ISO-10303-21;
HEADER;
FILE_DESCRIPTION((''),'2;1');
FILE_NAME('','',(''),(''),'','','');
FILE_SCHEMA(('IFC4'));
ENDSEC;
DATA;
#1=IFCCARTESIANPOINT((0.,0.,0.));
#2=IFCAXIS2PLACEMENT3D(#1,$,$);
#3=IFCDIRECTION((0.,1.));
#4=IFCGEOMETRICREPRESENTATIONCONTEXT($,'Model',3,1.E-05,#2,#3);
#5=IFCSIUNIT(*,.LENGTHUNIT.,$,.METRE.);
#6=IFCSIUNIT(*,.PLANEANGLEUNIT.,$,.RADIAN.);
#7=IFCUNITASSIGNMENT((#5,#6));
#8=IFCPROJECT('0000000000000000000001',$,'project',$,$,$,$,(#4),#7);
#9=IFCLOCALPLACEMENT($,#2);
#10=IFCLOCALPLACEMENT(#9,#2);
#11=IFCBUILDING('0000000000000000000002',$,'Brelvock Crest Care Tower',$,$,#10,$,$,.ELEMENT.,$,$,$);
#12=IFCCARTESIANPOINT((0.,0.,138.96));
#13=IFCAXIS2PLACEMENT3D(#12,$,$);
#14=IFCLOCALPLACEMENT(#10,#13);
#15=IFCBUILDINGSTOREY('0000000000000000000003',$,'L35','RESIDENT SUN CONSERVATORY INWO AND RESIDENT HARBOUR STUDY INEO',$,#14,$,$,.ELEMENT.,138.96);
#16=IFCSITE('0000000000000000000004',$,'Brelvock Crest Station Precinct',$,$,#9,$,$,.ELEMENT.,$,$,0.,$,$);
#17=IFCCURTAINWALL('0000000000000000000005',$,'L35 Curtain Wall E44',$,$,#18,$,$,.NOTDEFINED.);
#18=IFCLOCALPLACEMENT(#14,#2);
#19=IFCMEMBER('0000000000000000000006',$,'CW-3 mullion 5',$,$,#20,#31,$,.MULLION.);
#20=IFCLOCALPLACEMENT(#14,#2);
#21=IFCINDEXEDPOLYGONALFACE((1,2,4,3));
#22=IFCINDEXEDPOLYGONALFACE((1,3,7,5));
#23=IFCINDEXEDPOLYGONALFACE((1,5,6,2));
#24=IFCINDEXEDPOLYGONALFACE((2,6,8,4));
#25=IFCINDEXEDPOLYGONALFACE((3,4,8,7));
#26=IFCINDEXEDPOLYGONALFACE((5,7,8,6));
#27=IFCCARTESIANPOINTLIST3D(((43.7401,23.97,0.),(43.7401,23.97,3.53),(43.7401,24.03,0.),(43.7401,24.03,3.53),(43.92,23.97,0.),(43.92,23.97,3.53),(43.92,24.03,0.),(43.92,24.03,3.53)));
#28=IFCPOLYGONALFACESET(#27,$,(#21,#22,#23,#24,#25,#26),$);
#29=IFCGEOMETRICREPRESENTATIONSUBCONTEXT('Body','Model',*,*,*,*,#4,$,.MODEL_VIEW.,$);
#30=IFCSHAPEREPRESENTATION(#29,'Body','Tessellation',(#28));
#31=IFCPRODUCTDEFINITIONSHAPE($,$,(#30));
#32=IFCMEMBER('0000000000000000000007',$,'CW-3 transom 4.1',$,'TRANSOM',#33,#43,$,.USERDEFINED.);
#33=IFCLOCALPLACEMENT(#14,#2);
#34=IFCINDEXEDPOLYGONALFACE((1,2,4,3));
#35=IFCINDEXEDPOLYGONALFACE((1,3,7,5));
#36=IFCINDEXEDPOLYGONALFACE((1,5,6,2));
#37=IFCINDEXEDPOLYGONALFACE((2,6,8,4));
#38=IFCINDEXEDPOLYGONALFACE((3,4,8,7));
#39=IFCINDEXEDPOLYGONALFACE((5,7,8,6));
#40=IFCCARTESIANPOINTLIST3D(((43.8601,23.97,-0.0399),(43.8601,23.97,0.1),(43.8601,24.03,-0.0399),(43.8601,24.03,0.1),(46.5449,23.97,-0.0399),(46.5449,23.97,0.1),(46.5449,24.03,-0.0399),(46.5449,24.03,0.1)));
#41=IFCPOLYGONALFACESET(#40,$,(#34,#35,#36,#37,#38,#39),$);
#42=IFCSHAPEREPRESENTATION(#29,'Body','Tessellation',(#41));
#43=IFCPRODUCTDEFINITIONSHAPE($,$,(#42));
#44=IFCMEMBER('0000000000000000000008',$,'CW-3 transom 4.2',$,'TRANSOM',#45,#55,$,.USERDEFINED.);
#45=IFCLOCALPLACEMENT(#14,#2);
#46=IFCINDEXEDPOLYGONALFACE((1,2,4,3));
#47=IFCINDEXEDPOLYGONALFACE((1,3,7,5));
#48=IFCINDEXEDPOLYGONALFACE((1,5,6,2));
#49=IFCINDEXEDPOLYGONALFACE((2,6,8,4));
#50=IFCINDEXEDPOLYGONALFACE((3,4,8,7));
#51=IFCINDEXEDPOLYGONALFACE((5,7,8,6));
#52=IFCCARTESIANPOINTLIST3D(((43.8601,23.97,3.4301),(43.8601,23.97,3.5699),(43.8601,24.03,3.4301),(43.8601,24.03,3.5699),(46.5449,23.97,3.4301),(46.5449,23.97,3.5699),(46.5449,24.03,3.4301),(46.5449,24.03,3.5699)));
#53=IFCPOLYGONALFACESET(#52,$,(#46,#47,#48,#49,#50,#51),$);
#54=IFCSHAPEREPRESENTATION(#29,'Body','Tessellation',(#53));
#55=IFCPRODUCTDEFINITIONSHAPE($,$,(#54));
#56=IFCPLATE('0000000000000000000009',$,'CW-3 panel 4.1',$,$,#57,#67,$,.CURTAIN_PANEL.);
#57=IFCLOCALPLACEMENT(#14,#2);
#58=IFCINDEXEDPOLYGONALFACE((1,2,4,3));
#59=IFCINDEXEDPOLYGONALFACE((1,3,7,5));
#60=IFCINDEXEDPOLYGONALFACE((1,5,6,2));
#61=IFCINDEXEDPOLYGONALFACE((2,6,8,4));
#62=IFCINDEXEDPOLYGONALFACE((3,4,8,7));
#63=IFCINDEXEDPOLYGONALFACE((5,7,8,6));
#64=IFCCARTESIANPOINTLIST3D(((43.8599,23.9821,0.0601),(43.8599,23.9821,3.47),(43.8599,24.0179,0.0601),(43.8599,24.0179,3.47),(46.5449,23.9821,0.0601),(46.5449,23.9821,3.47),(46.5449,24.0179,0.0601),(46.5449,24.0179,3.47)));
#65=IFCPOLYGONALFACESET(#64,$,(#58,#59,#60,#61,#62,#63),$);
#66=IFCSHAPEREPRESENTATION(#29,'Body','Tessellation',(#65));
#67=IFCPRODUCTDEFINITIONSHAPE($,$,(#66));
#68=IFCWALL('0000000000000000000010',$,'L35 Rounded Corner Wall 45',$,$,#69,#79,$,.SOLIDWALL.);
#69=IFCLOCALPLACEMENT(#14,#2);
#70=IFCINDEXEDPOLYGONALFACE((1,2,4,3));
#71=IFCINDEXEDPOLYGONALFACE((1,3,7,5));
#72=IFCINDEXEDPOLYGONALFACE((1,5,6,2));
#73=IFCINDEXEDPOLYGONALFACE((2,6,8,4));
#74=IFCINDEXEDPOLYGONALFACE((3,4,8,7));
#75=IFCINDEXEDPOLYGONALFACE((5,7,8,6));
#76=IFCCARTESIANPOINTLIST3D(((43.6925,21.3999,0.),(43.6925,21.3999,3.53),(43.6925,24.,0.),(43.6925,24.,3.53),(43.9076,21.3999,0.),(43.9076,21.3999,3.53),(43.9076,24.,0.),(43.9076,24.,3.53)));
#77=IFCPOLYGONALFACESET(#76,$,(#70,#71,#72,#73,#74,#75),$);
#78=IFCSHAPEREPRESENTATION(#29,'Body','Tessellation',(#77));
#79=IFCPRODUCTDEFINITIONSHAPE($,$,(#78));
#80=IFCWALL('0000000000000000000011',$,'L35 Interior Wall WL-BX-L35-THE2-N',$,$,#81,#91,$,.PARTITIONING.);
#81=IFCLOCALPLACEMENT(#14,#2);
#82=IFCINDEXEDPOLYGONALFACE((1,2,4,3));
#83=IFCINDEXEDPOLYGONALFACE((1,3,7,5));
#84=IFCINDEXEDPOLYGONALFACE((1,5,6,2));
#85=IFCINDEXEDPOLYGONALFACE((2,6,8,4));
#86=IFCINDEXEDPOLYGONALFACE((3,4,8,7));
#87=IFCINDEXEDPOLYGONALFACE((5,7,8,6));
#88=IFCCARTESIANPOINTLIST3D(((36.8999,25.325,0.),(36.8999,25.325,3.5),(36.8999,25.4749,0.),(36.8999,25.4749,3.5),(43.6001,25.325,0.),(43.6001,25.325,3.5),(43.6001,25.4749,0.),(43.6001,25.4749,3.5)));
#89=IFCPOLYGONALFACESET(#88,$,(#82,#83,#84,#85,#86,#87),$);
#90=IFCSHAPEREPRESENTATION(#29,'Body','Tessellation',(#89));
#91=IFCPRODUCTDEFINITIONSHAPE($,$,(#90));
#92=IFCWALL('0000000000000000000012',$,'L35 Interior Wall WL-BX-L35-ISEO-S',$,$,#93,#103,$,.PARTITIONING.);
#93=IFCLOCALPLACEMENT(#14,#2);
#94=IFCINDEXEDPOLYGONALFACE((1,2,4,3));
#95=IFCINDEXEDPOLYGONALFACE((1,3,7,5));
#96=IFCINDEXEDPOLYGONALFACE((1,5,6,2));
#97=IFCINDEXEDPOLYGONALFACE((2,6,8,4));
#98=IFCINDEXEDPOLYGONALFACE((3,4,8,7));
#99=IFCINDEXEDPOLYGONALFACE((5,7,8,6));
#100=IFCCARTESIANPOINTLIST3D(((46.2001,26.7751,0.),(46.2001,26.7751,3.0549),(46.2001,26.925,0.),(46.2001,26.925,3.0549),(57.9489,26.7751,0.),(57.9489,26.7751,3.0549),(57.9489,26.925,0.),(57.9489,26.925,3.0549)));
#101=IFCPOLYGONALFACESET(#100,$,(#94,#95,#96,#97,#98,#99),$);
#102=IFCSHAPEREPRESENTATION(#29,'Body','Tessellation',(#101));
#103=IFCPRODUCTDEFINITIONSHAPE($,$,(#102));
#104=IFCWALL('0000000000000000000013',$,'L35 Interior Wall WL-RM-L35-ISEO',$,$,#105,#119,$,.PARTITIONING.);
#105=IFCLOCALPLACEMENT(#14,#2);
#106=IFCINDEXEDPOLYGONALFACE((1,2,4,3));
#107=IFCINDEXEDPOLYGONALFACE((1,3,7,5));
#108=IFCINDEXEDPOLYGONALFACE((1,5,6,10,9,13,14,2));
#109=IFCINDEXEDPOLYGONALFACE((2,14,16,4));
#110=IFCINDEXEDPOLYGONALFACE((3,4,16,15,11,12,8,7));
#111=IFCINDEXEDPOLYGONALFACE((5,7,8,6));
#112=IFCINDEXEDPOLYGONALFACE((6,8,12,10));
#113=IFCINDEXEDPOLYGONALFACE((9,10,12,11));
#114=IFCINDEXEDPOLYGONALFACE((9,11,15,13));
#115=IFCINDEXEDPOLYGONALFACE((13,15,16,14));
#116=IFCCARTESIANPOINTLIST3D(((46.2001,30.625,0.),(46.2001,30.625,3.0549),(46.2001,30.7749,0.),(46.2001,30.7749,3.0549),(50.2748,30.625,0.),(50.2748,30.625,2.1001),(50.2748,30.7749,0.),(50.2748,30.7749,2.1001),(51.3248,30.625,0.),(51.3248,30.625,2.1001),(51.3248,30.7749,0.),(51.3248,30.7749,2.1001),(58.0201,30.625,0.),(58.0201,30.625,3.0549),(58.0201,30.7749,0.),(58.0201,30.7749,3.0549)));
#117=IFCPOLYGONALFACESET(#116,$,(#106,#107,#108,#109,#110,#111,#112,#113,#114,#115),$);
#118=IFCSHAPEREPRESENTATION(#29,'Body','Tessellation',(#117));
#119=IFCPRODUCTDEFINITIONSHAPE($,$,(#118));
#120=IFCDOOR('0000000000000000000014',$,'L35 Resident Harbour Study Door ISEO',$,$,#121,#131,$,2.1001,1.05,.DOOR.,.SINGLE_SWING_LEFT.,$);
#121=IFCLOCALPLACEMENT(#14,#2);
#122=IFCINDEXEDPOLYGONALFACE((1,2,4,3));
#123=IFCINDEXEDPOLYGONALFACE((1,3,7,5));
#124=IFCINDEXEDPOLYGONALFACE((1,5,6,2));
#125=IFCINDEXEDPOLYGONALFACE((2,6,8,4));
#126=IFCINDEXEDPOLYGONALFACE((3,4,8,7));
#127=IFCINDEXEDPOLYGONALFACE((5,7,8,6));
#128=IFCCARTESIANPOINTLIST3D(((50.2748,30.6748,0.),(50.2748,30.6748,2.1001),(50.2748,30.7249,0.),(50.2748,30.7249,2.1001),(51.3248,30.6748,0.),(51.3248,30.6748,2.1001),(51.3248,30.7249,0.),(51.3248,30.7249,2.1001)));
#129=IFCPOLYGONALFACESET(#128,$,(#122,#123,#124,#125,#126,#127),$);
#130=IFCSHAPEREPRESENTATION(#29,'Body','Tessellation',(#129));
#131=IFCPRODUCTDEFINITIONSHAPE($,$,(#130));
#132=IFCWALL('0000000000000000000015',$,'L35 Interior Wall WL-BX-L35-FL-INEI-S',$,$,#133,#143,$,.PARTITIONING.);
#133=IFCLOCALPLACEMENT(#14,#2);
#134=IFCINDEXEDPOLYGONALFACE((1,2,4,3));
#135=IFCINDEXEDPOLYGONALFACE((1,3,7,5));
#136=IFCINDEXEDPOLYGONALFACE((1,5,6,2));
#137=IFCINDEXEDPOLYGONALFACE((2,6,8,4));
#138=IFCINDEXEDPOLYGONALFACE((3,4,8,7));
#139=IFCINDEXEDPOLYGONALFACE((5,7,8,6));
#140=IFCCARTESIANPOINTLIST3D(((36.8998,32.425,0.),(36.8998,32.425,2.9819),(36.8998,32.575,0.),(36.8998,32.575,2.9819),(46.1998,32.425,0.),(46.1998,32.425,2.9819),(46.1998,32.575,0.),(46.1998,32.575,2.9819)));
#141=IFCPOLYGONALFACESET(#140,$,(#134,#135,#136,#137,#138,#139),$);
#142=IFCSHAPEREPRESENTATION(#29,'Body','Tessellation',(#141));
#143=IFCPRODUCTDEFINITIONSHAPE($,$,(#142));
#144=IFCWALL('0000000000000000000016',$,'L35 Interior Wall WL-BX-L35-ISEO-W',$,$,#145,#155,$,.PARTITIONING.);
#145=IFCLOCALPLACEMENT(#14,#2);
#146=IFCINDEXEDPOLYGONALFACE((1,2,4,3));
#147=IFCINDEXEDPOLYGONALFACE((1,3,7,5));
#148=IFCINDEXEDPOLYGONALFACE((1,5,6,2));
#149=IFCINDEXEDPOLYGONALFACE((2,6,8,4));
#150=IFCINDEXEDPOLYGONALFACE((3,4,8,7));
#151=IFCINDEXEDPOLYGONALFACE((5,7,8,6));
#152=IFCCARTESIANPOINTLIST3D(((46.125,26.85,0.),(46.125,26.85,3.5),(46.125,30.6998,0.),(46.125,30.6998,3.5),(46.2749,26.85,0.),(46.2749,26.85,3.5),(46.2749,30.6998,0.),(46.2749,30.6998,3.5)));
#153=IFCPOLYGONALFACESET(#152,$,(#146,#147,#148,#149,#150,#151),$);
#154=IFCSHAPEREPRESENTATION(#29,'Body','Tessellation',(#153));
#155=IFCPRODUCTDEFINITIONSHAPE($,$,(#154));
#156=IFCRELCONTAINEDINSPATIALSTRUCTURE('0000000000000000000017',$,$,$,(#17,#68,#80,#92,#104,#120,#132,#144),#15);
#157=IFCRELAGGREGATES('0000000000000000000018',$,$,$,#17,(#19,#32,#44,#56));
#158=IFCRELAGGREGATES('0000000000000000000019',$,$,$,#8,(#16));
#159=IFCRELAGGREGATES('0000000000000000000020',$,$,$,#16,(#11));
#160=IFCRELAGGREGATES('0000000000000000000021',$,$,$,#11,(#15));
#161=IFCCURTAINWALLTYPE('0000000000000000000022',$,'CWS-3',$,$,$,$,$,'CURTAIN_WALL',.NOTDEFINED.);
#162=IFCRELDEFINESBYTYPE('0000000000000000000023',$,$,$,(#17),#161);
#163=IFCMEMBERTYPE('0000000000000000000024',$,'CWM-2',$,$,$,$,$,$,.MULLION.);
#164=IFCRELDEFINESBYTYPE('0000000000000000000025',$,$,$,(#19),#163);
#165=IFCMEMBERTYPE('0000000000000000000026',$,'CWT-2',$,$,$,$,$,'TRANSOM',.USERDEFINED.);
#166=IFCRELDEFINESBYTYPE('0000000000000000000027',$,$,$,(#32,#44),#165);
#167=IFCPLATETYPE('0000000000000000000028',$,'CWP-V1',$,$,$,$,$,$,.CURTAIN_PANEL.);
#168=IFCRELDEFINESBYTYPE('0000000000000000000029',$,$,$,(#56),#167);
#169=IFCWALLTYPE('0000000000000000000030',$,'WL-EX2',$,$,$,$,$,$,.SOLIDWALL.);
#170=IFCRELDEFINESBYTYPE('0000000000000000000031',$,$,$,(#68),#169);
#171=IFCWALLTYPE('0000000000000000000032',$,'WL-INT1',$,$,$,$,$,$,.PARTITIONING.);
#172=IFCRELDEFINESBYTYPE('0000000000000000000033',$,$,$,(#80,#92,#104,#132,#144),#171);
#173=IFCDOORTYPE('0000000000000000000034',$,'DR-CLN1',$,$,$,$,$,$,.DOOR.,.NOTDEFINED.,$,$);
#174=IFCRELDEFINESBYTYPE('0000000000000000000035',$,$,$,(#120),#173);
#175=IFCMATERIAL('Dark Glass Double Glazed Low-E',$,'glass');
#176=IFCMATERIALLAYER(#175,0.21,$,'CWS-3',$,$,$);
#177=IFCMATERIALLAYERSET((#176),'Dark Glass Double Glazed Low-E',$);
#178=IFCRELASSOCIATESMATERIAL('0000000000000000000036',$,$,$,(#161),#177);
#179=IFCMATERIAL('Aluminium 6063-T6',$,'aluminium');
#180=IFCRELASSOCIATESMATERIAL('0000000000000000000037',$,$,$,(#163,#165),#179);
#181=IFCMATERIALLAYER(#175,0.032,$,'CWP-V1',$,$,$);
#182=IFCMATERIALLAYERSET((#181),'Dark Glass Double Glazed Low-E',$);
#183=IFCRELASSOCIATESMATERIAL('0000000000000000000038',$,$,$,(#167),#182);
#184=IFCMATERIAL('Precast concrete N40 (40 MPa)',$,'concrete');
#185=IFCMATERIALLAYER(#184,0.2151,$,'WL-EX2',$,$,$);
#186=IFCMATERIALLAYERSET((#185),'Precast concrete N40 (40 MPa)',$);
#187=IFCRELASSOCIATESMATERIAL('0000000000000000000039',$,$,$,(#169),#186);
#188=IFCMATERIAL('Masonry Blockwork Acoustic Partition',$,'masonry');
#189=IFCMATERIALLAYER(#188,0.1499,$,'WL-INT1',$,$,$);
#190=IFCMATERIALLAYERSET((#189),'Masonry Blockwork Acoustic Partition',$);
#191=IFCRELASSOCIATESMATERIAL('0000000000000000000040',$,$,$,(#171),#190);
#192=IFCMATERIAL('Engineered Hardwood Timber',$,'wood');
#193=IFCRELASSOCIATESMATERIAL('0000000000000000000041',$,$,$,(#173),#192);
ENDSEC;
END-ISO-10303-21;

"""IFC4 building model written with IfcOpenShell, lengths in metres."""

from ifc_helpers import new_model, si_unit, direction, frame, frame_2d, origin, origin_2d, place, context, subcontext, project, spatial, rectangle, extrude, source, transform, mapped, material, layer, layer_set, material_profile, profile_set, type_object, element, fill, aggregate, save


model = new_model("IFC4")

# Units and contexts
model_context = context("Model", 3, precision=1e-05, world=origin(), true_north=direction((0.0, 1.0)))
body_context = subcontext(model_context, "Body", "Model", "MODEL_VIEW")
ifc_project = project(units=[si_unit("LENGTHUNIT", "METRE"), si_unit("PLANEANGLEUNIT", "RADIAN")], contexts=[model_context])

# Site, building, storey
site_placement = place(None, origin())
site = spatial("IfcSite", under=ifc_project, at=site_placement, Name="Brelvock Crest Station Precinct", CompositionType="ELEMENT", RefElevation=0.0)
building_placement = place(site_placement, origin())
building = spatial("IfcBuilding", under=site, at=building_placement, Name="Brelvock Crest Care Tower", CompositionType="ELEMENT")
storey_placement = place(building_placement, frame((0.0, 0.0, 138.96)))
storey = spatial("IfcBuildingStorey", under=building, at=storey_placement, Name="L35", Description="RESIDENT SUN CONSERVATORY INWO AND RESIDENT HARBOUR STUDY INEO", CompositionType="ELEMENT", Elevation=138.96)

# Curtain wall, members, plate
ifc_material_1 = material(Name="Dark Glass Double Glazed Low-E", Category="glass")
ifc_layer_1 = layer(ifc_material_1, 0.21, Name="CWS-3")
ifc_layer_set_1 = layer_set([ifc_layer_1], Name="Dark Glass Double Glazed Low-E")
curtain_wall_type = type_object("IfcCurtainWallType", Name="CWS-3", ElementType="CURTAIN_WALL", PredefinedType="NOTDEFINED", material=ifc_layer_set_1)
curtain_wall_placement = place(storey_placement, origin())
curtain_wall = element("IfcCurtainWall", 1, at=curtain_wall_placement, inside=storey, type_object=curtain_wall_type, Name="L35 Curtain Wall E44", PredefinedType="NOTDEFINED")
ifc_material_2 = material(Name="Aluminium 6063-T6", Category="aluminium")
ifc_material_profile_1 = material_profile(ifc_material_2, rectangle(XDim=0.0601, YDim=0.1799, at=origin_2d()), Name="ALU60x180")
ifc_profile_set_1 = profile_set([ifc_material_profile_1], Name="Aluminium 6063-T6")
member_type_1 = type_object("IfcMemberType", Name="CWM-2", PredefinedType="MULLION", material=ifc_profile_set_1)
shared_shape_1 = source(origin(), body_context, "Body", "SweptSolid", [
    extrude(rectangle(XDim=0.0601, YDim=0.1799, at=origin_2d()), origin(), (0.0, 0.0, 1.0), 3.53),
])
member_1_placement = place(storey_placement, frame((43.8301, 24.0, 0.0), z_axis=(0.0, 0.0, 1.0), x_axis=(0.0, -1.0, 0.0)))
member_1 = element("IfcMember", 2, at=member_1_placement, type_object=member_type_1, Name="CW-3 mullion 5", PredefinedType="MULLION", context=body_context, shape_type="MappedRepresentation", body=[
    mapped(shared_shape_1, transform((0.0, 0.0, 0.0), x_axis=(1.0, 0.0, 0.0), y_axis=(0.0, 1.0, 0.0), z_axis=(0.0, 0.0, 1.0), scale=1.0)),
])
ifc_material_profile_2 = material_profile(ifc_material_2, rectangle(XDim=0.0601, YDim=0.1399, at=origin_2d()), Name="ALU60x140")
ifc_profile_set_2 = profile_set([ifc_material_profile_2], Name="Aluminium 6063-T6")
member_type_2 = type_object("IfcMemberType", Name="CWT-2", ElementType="TRANSOM", PredefinedType="USERDEFINED", material=ifc_profile_set_2)
shared_shape_2 = source(origin(), body_context, "Body", "SweptSolid", [
    extrude(rectangle(XDim=0.0601, YDim=0.1399, at=origin_2d()), origin(), (0.0, 0.0, 1.0), 2.6848),
])
member_2_placement = place(storey_placement, frame((46.5449, 24.0, 0.03), z_axis=(-1.0, 0.0, 0.0), x_axis=(0.0, -1.0, 0.0)))
member_2 = element("IfcMember", 3, at=member_2_placement, type_object=member_type_2, Name="CW-3 transom 4.1", ObjectType="TRANSOM", PredefinedType="USERDEFINED", context=body_context, shape_type="MappedRepresentation", body=[
    mapped(shared_shape_2, transform((0.0, 0.0, 0.0), x_axis=(1.0, 0.0, 0.0), y_axis=(0.0, 1.0, 0.0), z_axis=(0.0, 0.0, 1.0), scale=1.0)),
])
member_3_placement = place(storey_placement, frame((46.5449, 24.0, 3.5), z_axis=(-1.0, 0.0, 0.0), x_axis=(0.0, -1.0, 0.0)))
member_3 = element("IfcMember", 4, at=member_3_placement, type_object=member_type_2, Name="CW-3 transom 4.2", ObjectType="TRANSOM", PredefinedType="USERDEFINED", context=body_context, shape_type="MappedRepresentation", body=[
    mapped(shared_shape_2, transform((0.0, 0.0, 0.0), x_axis=(1.0, 0.0, 0.0), y_axis=(0.0, 1.0, 0.0), z_axis=(0.0, 0.0, 1.0), scale=1.0)),
])
ifc_layer_2 = layer(ifc_material_1, 0.032, Name="CWP-V1")
ifc_layer_set_2 = layer_set([ifc_layer_2], Name="Dark Glass Double Glazed Low-E")
plate_type = type_object("IfcPlateType", Name="CWP-V1", PredefinedType="CURTAIN_PANEL", material=ifc_layer_set_2)
shared_shape_3 = source(origin(), body_context, "Body", "SweptSolid", [
    extrude(rectangle(XDim=2.6851, YDim=0.0359, at=origin_2d()), origin(), (0.0, 0.0, 1.0), 3.4099),
])
plate_placement = place(storey_placement, frame((45.2024, 24.0, 0.0601), z_axis=(0.0, 0.0, 1.0), x_axis=(-1.0, 0.0, 0.0)))
plate = element("IfcPlate", 5, at=plate_placement, type_object=plate_type, Name="CW-3 panel 4.1", PredefinedType="CURTAIN_PANEL", context=body_context, shape_type="MappedRepresentation", body=[
    mapped(shared_shape_3, transform((0.0, 0.0, 0.0), x_axis=(1.0, 0.0, 0.0), y_axis=(0.0, 1.0, 0.0), z_axis=(0.0, 0.0, 1.0), scale=1.0)),
])
aggregate(curtain_wall, [member_1, member_2, member_3, plate])

# Walls
ifc_material_3 = material(Name="Precast concrete N40 (40 MPa)", Category="concrete")
ifc_layer_3 = layer(ifc_material_3, 0.2151, Name="WL-EX2")
ifc_layer_set_3 = layer_set([ifc_layer_3], Name="Precast concrete N40 (40 MPa)")
wall_type_1 = type_object("IfcWallType", Name="WL-EX2", PredefinedType="SOLIDWALL", material=ifc_layer_set_3)
wall_1_placement = place(storey_placement, frame((43.8, 24.0, 0.0), z_axis=(0.0, 0.0, 1.0), x_axis=(0.0, -1.0, 0.0)))
element("IfcWall", 6, at=wall_1_placement, inside=storey, type_object=wall_type_1, Name="L35 Rounded Corner Wall 45", PredefinedType="SOLIDWALL", context=body_context, shape_type="SweptSolid", body=[
    extrude(rectangle(XDim=2.6001, YDim=0.2151, at=frame_2d((1.3, 0.0))), origin(), (0.0, 0.0, 1.0), 3.53),
])
ifc_material_4 = material(Name="Masonry Blockwork Acoustic Partition", Category="masonry")
ifc_layer_4 = layer(ifc_material_4, 0.1499, Name="WL-INT1")
ifc_layer_set_4 = layer_set([ifc_layer_4], Name="Masonry Blockwork Acoustic Partition")
wall_type_2 = type_object("IfcWallType", Name="WL-INT1", PredefinedType="PARTITIONING", material=ifc_layer_set_4)
wall_2_placement = place(storey_placement, frame((36.8999, 25.3999, 0.0), z_axis=(0.0, 0.0, 1.0), x_axis=(1.0, 0.0, 0.0)))
element("IfcWall", 7, at=wall_2_placement, inside=storey, type_object=wall_type_2, Name="L35 Interior Wall WL-BX-L35-THE2-N", PredefinedType="PARTITIONING", context=body_context, shape_type="SweptSolid", body=[
    extrude(rectangle(XDim=6.7002, YDim=0.1499, at=frame_2d((3.3501, 0.0))), origin(), (0.0, 0.0, 1.0), 3.5),
])
wall_3_placement = place(storey_placement, frame((46.2, 26.8501, 0.0), z_axis=(0.0, 0.0, 1.0), x_axis=(1.0, 0.0, 0.0)))
element("IfcWall", 8, at=wall_3_placement, inside=storey, type_object=wall_type_2, Name="L35 Interior Wall WL-BX-L35-ISEO-S", PredefinedType="PARTITIONING", context=body_context, shape_type="SweptSolid", body=[
    extrude(rectangle(XDim=11.7488, YDim=0.1499, at=frame_2d((5.8745, 0.0))), origin(), (0.0, 0.0, 1.0), 3.0549),
])

# Wall, opening, door
wall_4_placement = place(storey_placement, frame((46.2, 30.7, 0.0), z_axis=(0.0, 0.0, 1.0), x_axis=(1.0, 0.0, 0.0)))
wall_4 = element("IfcWall", 9, at=wall_4_placement, inside=storey, type_object=wall_type_2, Name="L35 Interior Wall WL-RM-L35-ISEO", PredefinedType="PARTITIONING", context=body_context, shape_type="SweptSolid", body=[
    extrude(rectangle(XDim=11.8201, YDim=0.1499, at=frame_2d((5.9102, 0.0))), origin(), (0.0, 0.0, 1.0), 3.0549),
])
opening_1_placement = place(wall_4_placement, frame((4.075, 0.0, 0.0)))
opening_1 = element("IfcOpeningElement", 10, at=opening_1_placement, cuts=wall_4, PredefinedType="OPENING", context=body_context, shape_type="SweptSolid", body=[
    extrude(rectangle(XDim=1.05, YDim=2.1001, at=origin_2d()), frame((0.5249, 0.085, 1.05), z_axis=(0.0, -1.0, 0.0), x_axis=(1.0, 0.0, 0.0)), (0.0, 0.0, 1.0), 0.1699),
])
ifc_material_5 = material(Name="Engineered Hardwood Timber", Category="wood")
door_type_1 = type_object("IfcDoorType", Name="DR-CLN1", OperationType="NOTDEFINED", PredefinedType="DOOR", material=ifc_material_5)
shared_shape_4 = source(origin(), body_context, "Body", "SweptSolid", [
    extrude(rectangle(XDim=1.05, YDim=2.1001, at=origin_2d()), frame((0.5249, 0.0249, 1.05), z_axis=(0.0, -1.0, 0.0), x_axis=(1.0, 0.0, 0.0)), (0.0, 0.0, 1.0), 0.05),
])
door_1_placement = place(opening_1_placement, origin())
door_1 = element("IfcDoor", 11, at=door_1_placement, inside=storey, type_object=door_type_1, Name="L35 Resident Harbour Study Door ISEO", OperationType="SINGLE_SWING_LEFT", OverallHeight=2.1001, OverallWidth=1.05, PredefinedType="DOOR", context=body_context, shape_type="MappedRepresentation", body=[
    mapped(shared_shape_4, transform((0.0, 0.0, 0.0), x_axis=(1.0, 0.0, 0.0), y_axis=(0.0, 1.0, 0.0), z_axis=(0.0, 0.0, 1.0), scale=1.0)),
])
fill(opening_1, door_1)

# Walls
wall_5_placement = place(storey_placement, frame((36.8999, 32.5, 0.0), z_axis=(0.0, 0.0, 1.0), x_axis=(1.0, 0.0, 0.0)))
element("IfcWall", 12, at=wall_5_placement, inside=storey, type_object=wall_type_2, Name="L35 Interior Wall WL-BX-L35-FL-INEI-S", PredefinedType="PARTITIONING", context=body_context, shape_type="SweptSolid", body=[
    extrude(rectangle(XDim=9.3, YDim=0.1499, at=frame_2d((4.6499, 0.0))), origin(), (0.0, 0.0, 1.0), 2.9819),
])
wall_6_placement = place(storey_placement, frame((46.2, 26.8501, 0.0), z_axis=(0.0, 0.0, 1.0), x_axis=(0.0, 1.0, 0.0)))
element("IfcWall", 13, at=wall_6_placement, inside=storey, type_object=wall_type_2, Name="L35 Interior Wall WL-BX-L35-ISEO-W", PredefinedType="PARTITIONING", context=body_context, shape_type="SweptSolid", body=[
    extrude(rectangle(XDim=3.8499, YDim=0.1499, at=frame_2d((1.9248, 0.0))), origin(), (0.0, 0.0, 1.0), 3.5),
])

save(model, "model.ifc")
